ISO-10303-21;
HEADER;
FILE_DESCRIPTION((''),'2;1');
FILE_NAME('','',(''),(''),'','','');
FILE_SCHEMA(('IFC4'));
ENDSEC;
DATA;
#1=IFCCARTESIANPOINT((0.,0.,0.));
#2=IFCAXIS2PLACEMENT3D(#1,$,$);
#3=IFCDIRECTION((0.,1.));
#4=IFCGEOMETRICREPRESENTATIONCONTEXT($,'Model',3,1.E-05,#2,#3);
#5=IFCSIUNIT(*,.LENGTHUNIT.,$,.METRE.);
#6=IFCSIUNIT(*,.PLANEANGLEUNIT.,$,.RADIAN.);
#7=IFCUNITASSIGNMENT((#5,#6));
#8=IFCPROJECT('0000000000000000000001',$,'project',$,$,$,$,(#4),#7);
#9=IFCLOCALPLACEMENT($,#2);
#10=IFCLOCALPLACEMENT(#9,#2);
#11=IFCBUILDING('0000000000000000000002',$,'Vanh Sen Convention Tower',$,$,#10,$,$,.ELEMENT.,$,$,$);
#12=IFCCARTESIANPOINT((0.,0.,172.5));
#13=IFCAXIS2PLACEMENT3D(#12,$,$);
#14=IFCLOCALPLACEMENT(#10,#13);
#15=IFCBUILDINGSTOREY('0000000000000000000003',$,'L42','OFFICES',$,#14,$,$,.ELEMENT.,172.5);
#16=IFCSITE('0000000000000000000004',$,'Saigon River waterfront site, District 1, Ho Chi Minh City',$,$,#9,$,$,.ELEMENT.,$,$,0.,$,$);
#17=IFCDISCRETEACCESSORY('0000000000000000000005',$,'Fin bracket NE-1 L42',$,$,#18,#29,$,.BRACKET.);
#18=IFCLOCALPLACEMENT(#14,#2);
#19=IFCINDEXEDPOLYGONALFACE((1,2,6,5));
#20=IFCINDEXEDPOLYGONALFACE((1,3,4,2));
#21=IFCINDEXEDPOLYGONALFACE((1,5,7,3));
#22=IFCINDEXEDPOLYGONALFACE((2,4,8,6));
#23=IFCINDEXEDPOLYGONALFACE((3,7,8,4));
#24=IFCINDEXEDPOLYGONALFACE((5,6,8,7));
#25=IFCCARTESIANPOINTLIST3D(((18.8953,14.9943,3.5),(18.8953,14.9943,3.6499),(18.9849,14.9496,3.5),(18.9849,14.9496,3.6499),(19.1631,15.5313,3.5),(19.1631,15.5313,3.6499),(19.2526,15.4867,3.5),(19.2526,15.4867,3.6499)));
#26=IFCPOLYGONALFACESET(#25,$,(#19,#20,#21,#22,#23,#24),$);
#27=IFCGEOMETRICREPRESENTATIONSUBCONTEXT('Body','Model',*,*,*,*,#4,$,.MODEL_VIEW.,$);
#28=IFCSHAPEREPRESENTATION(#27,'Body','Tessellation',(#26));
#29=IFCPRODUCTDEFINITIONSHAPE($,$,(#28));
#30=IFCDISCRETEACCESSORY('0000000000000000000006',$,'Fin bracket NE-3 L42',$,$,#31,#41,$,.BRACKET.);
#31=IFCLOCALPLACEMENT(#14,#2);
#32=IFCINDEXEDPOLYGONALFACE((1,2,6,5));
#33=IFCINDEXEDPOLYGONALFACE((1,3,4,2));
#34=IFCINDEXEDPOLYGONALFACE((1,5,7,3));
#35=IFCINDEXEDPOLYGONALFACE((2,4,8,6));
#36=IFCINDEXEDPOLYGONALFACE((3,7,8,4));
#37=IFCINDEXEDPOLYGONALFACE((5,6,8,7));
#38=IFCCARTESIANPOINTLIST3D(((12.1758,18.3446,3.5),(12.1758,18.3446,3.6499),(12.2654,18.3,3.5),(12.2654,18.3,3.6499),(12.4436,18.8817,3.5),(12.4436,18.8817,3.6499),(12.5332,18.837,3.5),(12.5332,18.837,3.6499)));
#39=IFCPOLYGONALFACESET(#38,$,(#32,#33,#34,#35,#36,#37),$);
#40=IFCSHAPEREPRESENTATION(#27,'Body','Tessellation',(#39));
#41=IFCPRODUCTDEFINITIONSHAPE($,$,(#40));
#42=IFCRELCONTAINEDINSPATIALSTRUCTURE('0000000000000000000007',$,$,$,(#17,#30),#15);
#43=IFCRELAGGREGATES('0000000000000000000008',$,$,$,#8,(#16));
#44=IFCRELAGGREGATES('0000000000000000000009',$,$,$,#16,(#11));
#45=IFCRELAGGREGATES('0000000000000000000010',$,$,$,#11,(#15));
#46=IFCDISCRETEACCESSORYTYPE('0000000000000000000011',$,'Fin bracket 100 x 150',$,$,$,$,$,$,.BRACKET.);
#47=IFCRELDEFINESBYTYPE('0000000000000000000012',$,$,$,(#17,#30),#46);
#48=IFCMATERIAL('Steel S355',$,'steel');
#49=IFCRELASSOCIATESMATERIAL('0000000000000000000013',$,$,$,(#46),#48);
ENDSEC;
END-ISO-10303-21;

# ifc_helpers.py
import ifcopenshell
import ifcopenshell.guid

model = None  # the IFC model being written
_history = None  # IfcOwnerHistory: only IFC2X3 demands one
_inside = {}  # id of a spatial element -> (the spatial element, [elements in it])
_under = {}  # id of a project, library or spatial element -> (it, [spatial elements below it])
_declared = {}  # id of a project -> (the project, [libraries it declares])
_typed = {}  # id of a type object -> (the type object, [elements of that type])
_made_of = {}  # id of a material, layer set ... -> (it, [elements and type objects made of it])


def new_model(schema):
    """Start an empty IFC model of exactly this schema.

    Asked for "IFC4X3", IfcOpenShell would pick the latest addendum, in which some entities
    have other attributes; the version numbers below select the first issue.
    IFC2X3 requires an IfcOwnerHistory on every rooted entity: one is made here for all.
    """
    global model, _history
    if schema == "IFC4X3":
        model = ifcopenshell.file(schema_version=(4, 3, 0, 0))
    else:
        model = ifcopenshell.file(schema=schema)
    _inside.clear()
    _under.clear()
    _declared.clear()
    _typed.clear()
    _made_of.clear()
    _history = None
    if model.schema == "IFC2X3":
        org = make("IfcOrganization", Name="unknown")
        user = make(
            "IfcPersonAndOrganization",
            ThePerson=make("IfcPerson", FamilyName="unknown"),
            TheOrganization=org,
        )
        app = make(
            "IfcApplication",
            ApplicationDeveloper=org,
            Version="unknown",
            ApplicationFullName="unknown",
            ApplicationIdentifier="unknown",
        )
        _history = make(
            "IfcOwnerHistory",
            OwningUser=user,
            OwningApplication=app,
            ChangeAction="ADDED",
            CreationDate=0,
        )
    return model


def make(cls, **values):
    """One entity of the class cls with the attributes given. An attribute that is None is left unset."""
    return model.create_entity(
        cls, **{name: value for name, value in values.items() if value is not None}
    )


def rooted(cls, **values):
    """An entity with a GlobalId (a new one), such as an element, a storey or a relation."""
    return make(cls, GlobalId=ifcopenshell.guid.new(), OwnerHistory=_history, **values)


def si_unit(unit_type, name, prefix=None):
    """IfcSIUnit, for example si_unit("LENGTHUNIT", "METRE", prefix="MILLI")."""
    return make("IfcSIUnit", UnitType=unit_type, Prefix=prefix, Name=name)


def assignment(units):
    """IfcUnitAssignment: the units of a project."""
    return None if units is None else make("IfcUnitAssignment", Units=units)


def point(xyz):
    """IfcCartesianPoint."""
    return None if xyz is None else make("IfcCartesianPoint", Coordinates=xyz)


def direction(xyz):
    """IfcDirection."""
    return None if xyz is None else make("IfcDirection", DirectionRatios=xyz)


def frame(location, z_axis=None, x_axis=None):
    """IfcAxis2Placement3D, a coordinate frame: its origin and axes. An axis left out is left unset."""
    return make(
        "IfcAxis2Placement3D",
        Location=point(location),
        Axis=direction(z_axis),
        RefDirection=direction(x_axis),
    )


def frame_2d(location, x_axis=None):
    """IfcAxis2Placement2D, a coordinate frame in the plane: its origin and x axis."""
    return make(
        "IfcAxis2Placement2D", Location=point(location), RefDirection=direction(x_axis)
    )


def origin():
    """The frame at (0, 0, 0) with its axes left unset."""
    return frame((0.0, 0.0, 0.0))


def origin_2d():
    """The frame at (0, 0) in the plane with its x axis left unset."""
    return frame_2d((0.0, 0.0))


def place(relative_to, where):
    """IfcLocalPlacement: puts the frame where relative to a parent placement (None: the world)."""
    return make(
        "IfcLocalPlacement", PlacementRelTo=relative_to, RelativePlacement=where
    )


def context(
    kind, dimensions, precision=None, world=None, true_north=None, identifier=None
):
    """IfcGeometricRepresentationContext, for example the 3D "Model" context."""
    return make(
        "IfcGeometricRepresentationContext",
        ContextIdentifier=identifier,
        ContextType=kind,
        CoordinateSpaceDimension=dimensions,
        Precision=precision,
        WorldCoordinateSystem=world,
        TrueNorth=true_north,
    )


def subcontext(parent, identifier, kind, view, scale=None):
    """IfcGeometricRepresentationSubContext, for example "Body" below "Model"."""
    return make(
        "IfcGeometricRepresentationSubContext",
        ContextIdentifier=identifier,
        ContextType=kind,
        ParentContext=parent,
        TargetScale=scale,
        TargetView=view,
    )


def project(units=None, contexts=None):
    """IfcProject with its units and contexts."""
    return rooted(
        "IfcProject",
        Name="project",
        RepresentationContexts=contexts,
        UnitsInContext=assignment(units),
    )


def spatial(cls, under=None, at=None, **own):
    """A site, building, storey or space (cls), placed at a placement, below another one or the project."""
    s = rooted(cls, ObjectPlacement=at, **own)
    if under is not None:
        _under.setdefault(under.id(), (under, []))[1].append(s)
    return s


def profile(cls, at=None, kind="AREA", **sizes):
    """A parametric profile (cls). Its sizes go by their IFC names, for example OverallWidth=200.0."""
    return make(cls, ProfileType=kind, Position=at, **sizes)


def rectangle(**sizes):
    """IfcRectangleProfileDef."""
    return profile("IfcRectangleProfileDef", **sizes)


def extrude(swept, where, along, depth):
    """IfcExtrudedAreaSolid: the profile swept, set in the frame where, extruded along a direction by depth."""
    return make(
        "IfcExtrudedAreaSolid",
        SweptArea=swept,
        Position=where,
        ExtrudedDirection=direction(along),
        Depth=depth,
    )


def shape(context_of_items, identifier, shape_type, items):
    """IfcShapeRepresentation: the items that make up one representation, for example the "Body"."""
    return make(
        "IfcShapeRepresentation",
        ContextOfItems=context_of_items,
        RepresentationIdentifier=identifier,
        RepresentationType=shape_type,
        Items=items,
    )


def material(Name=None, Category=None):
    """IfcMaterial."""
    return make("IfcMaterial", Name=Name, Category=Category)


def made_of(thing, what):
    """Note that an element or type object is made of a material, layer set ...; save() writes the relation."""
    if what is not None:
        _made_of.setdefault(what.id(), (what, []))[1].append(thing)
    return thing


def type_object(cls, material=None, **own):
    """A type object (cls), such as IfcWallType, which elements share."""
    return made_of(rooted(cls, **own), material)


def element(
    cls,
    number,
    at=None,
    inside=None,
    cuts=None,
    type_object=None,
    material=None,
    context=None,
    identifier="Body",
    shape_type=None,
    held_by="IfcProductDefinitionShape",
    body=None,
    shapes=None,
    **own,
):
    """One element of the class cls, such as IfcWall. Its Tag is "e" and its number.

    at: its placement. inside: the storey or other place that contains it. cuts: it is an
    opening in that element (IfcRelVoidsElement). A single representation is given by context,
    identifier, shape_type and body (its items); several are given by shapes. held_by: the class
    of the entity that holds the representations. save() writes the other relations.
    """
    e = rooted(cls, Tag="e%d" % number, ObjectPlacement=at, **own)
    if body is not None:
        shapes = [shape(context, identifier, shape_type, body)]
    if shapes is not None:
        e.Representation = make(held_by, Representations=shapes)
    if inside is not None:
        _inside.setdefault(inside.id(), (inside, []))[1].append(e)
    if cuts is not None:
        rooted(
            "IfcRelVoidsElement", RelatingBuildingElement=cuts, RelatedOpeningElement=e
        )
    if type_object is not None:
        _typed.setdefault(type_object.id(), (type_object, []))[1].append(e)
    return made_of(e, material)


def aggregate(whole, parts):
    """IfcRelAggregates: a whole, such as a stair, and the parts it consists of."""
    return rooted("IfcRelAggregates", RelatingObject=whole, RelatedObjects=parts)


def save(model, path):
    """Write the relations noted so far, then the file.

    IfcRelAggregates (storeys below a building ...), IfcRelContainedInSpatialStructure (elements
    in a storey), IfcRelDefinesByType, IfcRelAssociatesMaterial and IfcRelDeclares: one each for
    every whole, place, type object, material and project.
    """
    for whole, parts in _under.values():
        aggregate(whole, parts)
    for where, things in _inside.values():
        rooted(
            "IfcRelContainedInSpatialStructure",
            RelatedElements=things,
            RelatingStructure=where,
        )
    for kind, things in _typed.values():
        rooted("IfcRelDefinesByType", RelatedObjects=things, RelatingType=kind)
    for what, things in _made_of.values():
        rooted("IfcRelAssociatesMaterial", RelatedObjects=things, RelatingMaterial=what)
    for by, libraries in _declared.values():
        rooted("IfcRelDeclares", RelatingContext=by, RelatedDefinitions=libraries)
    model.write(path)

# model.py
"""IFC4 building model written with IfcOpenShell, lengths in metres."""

from ifc_helpers import new_model, si_unit, direction, frame, origin, origin_2d, place, context, subcontext, project, spatial, rectangle, extrude, material, type_object, element, save


model = new_model("IFC4")

# Units and contexts
model_context = context("Model", 3, precision=1e-05, world=origin(), true_north=direction((0.0, 1.0)))
body_context = subcontext(model_context, "Body", "Model", "MODEL_VIEW")
ifc_project = project(units=[si_unit("LENGTHUNIT", "METRE"), si_unit("PLANEANGLEUNIT", "RADIAN")], contexts=[model_context])

# Site, building, storey
site_placement = place(None, origin())
site = spatial("IfcSite", under=ifc_project, at=site_placement, Name="Saigon River waterfront site, District 1, Ho Chi Minh City", CompositionType="ELEMENT", RefElevation=0.0)
building_placement = place(site_placement, origin())
building = spatial("IfcBuilding", under=site, at=building_placement, Name="Vanh Sen Convention Tower", CompositionType="ELEMENT")
storey_placement = place(building_placement, frame((0.0, 0.0, 172.5)))
storey = spatial("IfcBuildingStorey", under=building, at=storey_placement, Name="L42", Description="OFFICES", CompositionType="ELEMENT", Elevation=172.5)

# Discrete accessories
ifc_material_1 = material(Name="Steel S355", Category="steel")
discrete_accessory_type = type_object("IfcDiscreteAccessoryType", Name="Fin bracket 100 x 150", PredefinedType="BRACKET", material=ifc_material_1)
for number, where, z_axis, x_axis, name in (
    (1, (19.074, 15.2405, 3.5), (0.0, 0.0, 1.0), (0.446198, 0.894934, 0.0), "Fin bracket NE-1 L42"),
    (2, (12.3545, 18.5908, 3.5), (0.0, 0.0, 1.0), (0.446198, 0.894934, 0.0), "Fin bracket NE-3 L42"),
):
    element("IfcDiscreteAccessory", number, at=place(storey_placement, frame(where, z_axis=z_axis, x_axis=x_axis)), inside=storey, type_object=discrete_accessory_type, Name=name, PredefinedType="BRACKET", context=body_context, shape_type="SweptSolid", body=[
        extrude(rectangle(XDim=0.6001, YDim=0.1001, at=origin_2d()), origin(), (0.0, 0.0, 1.0), 0.1499),
    ])

save(model, "model.ifc")
